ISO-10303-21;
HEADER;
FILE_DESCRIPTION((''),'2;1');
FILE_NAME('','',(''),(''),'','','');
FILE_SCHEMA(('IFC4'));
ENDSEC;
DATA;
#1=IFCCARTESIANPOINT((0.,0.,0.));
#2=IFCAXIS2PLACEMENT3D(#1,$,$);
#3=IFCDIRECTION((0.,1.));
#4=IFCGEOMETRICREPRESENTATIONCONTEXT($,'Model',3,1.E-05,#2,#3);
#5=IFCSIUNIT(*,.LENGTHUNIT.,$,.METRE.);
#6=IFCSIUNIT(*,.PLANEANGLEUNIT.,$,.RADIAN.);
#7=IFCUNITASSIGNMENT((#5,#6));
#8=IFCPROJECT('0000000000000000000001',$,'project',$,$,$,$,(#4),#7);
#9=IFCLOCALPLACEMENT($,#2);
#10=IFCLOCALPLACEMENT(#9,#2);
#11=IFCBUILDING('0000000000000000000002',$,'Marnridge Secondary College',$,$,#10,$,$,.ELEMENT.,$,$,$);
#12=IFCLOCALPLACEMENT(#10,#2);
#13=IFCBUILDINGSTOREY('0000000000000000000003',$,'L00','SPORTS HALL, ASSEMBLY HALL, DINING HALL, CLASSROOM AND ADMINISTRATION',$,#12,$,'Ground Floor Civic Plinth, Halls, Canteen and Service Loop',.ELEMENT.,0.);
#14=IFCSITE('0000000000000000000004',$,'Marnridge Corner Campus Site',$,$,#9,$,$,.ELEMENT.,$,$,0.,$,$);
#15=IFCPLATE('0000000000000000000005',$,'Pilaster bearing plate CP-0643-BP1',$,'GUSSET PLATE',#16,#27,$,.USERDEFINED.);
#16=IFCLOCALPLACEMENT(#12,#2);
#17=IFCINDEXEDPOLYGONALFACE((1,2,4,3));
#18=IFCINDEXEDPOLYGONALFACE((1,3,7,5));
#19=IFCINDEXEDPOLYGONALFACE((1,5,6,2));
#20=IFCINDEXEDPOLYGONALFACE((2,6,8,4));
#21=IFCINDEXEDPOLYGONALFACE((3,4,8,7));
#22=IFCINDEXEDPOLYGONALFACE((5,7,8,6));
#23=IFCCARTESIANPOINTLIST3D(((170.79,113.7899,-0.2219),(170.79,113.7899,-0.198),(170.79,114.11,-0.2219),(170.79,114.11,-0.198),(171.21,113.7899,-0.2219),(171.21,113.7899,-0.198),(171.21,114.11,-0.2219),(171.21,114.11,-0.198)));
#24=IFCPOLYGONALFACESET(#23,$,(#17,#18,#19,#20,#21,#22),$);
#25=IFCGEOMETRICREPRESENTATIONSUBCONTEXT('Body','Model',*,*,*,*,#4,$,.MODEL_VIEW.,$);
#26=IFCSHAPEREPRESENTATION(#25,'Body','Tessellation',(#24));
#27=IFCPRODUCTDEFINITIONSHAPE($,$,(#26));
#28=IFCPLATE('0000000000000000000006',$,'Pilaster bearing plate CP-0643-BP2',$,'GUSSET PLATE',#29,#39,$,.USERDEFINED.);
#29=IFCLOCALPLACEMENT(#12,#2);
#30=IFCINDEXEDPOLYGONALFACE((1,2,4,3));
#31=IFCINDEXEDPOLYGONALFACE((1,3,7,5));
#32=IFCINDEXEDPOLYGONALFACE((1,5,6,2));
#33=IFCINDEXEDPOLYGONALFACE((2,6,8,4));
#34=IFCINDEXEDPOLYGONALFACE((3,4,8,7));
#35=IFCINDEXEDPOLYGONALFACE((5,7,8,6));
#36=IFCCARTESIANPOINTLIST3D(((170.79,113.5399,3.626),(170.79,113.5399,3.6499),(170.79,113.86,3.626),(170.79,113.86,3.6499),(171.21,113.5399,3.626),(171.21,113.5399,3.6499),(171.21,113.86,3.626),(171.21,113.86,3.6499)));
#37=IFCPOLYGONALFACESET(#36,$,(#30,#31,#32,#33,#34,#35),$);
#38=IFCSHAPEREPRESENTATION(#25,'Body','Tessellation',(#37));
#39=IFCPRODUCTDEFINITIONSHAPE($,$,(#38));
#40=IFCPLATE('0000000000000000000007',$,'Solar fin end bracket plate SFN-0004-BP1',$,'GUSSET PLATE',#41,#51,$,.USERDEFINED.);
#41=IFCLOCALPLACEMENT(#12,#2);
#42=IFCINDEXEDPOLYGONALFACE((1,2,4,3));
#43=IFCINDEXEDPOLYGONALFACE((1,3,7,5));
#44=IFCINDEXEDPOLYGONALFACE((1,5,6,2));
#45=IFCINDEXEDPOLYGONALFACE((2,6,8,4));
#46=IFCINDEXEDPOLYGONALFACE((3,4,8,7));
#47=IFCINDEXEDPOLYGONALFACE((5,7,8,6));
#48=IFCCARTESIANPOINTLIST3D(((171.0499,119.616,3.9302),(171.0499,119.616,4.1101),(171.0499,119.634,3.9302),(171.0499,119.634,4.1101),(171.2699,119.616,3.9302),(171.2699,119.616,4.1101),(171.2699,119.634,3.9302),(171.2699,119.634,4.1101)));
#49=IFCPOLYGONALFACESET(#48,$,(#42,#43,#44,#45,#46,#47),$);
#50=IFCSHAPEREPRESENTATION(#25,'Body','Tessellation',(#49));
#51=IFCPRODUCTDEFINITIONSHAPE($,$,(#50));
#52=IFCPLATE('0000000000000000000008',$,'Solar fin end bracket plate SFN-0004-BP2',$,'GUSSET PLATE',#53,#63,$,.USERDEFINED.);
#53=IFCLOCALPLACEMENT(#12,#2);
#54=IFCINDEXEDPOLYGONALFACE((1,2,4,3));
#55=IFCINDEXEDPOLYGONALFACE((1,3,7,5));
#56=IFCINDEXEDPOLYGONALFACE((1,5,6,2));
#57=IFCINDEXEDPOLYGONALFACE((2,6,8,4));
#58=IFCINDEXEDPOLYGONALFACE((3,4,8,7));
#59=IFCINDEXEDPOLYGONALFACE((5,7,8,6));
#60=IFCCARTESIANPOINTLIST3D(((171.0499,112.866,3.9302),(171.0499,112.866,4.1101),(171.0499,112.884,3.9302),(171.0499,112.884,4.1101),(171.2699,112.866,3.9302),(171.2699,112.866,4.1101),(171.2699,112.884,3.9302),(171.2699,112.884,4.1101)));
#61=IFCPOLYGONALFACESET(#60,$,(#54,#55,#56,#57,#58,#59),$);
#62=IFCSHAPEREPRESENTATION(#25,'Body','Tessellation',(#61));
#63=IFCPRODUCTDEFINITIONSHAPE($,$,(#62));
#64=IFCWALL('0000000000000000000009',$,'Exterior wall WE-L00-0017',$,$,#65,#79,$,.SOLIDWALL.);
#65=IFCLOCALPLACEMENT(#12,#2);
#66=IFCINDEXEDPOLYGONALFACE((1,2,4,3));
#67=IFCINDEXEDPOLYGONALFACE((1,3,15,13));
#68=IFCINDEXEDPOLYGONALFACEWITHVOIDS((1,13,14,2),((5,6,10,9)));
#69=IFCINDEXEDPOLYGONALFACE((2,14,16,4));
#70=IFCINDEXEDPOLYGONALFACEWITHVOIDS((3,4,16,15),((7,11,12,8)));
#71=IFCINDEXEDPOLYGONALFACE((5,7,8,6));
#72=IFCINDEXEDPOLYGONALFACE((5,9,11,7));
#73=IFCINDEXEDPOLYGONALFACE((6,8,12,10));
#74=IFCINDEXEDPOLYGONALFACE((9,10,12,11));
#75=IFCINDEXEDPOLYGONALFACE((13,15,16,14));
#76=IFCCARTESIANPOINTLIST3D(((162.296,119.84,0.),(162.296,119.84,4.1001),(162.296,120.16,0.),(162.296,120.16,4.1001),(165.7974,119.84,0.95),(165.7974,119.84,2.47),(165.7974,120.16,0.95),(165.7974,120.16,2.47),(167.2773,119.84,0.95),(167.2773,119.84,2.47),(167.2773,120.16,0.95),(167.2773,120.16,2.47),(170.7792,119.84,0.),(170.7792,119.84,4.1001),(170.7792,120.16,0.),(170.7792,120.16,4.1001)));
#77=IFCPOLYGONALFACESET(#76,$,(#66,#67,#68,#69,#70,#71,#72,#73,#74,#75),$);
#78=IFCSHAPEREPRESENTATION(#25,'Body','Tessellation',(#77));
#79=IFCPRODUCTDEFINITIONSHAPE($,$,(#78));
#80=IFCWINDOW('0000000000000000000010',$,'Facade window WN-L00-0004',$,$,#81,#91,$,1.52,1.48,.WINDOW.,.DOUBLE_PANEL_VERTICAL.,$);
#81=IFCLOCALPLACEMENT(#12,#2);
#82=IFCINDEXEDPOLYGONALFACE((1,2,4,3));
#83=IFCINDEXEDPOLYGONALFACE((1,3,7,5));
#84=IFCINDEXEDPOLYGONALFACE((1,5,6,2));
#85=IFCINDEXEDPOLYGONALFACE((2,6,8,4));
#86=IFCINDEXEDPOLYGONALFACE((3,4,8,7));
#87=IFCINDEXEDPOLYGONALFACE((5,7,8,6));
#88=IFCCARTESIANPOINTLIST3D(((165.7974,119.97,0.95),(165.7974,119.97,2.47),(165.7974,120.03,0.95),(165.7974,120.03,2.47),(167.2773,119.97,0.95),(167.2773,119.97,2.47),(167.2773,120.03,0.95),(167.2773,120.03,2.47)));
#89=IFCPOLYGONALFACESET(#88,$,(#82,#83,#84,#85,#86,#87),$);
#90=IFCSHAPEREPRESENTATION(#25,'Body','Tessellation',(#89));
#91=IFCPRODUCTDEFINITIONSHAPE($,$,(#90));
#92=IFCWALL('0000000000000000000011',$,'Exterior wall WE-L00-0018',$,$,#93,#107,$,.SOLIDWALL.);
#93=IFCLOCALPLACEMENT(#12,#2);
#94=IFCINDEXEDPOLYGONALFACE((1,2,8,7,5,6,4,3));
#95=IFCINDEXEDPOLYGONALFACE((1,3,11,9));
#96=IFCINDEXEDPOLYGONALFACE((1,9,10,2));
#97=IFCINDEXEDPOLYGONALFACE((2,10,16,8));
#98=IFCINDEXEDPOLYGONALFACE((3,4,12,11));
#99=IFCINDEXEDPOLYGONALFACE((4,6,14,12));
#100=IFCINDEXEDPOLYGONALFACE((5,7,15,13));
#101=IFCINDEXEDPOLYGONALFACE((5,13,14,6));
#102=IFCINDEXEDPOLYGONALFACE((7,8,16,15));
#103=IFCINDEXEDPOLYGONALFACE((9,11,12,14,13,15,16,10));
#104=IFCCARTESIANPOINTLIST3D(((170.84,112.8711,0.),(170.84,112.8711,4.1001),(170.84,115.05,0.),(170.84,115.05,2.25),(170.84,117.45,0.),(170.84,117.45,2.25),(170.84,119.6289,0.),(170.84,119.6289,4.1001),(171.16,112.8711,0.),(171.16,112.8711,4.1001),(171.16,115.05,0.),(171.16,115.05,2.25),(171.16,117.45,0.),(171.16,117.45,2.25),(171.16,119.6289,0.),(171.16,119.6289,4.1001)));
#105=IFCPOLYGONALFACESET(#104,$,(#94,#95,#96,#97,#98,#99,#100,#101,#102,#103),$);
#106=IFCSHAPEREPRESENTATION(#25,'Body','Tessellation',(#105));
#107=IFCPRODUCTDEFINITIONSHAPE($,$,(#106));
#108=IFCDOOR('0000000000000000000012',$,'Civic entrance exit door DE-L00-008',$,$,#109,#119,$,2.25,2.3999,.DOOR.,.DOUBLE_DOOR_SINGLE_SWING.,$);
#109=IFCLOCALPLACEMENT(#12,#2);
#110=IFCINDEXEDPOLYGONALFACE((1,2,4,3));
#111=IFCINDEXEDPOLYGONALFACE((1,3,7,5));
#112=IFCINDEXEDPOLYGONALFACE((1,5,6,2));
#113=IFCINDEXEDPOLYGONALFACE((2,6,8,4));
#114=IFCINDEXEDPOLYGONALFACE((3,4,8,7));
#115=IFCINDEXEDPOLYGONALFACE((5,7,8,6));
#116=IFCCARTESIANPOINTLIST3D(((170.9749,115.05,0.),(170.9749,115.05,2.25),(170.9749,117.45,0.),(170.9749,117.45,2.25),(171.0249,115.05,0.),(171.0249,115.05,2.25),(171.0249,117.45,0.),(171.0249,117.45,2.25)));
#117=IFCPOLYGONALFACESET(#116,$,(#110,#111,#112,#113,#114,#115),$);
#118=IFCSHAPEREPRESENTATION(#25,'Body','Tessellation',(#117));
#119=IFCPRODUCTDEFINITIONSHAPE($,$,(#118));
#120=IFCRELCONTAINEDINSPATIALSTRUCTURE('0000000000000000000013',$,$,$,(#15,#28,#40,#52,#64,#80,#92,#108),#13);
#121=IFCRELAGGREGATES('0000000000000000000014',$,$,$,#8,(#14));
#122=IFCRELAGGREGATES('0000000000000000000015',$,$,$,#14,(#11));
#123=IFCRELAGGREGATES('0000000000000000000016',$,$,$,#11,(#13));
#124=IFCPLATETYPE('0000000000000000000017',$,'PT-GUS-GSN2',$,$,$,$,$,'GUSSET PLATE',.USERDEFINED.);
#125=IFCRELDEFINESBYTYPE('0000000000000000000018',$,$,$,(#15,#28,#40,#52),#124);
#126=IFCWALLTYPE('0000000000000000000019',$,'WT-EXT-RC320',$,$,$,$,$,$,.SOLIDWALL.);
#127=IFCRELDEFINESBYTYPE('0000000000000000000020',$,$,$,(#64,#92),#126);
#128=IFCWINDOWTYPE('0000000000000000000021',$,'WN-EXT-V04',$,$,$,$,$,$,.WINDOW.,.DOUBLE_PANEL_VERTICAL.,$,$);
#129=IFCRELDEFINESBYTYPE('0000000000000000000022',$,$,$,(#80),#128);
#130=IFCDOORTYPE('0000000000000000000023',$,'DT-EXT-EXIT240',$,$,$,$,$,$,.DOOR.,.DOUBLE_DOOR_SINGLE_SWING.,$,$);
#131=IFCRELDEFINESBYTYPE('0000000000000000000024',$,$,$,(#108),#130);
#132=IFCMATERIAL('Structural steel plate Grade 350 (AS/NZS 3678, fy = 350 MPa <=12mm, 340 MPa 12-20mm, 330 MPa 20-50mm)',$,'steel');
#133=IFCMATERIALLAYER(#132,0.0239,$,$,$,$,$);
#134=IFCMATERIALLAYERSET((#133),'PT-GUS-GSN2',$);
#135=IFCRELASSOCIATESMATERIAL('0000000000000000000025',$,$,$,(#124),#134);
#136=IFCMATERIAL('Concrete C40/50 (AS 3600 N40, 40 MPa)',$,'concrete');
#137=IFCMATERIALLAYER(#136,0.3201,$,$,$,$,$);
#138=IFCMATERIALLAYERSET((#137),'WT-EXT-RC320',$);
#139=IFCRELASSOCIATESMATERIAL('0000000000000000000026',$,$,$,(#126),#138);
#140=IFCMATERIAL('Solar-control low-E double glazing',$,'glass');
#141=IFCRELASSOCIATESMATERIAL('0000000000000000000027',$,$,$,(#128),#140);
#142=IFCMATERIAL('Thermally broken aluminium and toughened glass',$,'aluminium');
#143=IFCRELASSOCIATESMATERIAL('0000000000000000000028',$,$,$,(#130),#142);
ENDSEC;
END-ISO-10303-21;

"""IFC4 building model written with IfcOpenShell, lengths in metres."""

from ifc_helpers import new_model, si_unit, direction, frame, frame_2d, origin, origin_2d, place, context, subcontext, project, spatial, rectangle, extrude, material, layer, layer_set, type_object, element, fill, save


model = new_model("IFC4")

# Units and contexts
model_context = context("Model", 3, precision=1e-05, world=origin(), true_north=direction((0.0, 1.0)))
body_context = subcontext(model_context, "Body", "Model", "MODEL_VIEW")
ifc_project = project(units=[si_unit("LENGTHUNIT", "METRE"), si_unit("PLANEANGLEUNIT", "RADIAN")], contexts=[model_context])

# Site, building, storey
site_placement = place(None, origin())
site = spatial("IfcSite", under=ifc_project, at=site_placement, Name="Marnridge Corner Campus Site", CompositionType="ELEMENT", RefElevation=0.0)
building_placement = place(site_placement, origin())
building = spatial("IfcBuilding", under=site, at=building_placement, Name="Marnridge Secondary College", CompositionType="ELEMENT")
storey_placement = place(building_placement, origin())
storey = spatial("IfcBuildingStorey", under=building, at=storey_placement, Name="L00", Description="SPORTS HALL, ASSEMBLY HALL, DINING HALL, CLASSROOM AND ADMINISTRATION", LongName="Ground Floor Civic Plinth, Halls, Canteen and Service Loop", CompositionType="ELEMENT", Elevation=0.0)

# Plates
ifc_material_1 = material(Name="Structural steel plate Grade 350 (AS/NZS 3678, fy = 350 MPa <=12mm, 340 MPa 12-20mm, 330 MPa 20-50mm)", Category="steel")
ifc_layer_1 = layer(ifc_material_1, 0.0239)
ifc_layer_set_1 = layer_set([ifc_layer_1], Name="PT-GUS-GSN2")
plate_type = type_object("IfcPlateType", Name="PT-GUS-GSN2", ElementType="GUSSET PLATE", PredefinedType="USERDEFINED", material=ifc_layer_set_1)
for number, where, z_axis, x_axis, name in (
    (1, (171.0, 113.95, -0.2219), (0.0, 0.0, 1.0), (1.0, 0.0, 0.0), "Pilaster bearing plate CP-0643-BP1"),
    (2, (171.0, 113.7, 3.626), (0.0, 0.0, 1.0), (1.0, 0.0, 0.0), "Pilaster bearing plate CP-0643-BP2"),
):
    element("IfcPlate", number, at=place(storey_placement, frame(where, z_axis=z_axis, x_axis=x_axis)), inside=storey, type_object=plate_type, Name=name, ObjectType="GUSSET PLATE", PredefinedType="USERDEFINED", context=body_context, shape_type="SweptSolid", body=[
        extrude(rectangle(XDim=0.4199, YDim=0.3201, at=origin_2d()), origin(), (0.0, 0.0, 1.0), 0.0239),
    ])
for number, where, z_axis, x_axis, name in (
    (3, (171.1599, 119.625, 3.9302), (0.0, 0.0, 1.0), (1.0, 0.0, 0.0), "Solar fin end bracket plate SFN-0004-BP1"),
    (4, (171.1599, 112.875, 3.9302), (0.0, 0.0, 1.0), (1.0, 0.0, 0.0), "Solar fin end bracket plate SFN-0004-BP2"),
):
    element("IfcPlate", number, at=place(storey_placement, frame(where, z_axis=z_axis, x_axis=x_axis)), inside=storey, type_object=plate_type, Name=name, ObjectType="GUSSET PLATE", PredefinedType="USERDEFINED", context=body_context, shape_type="SweptSolid", body=[
        extrude(rectangle(XDim=0.22, YDim=0.0181, at=origin_2d()), origin(), (0.0, 0.0, 1.0), 0.1799),
    ])

# Wall, opening, window
ifc_material_2 = material(Name="Concrete C40/50 (AS 3600 N40, 40 MPa)", Category="concrete")
ifc_layer_2 = layer(ifc_material_2, 0.3201)
ifc_layer_set_2 = layer_set([ifc_layer_2], Name="WT-EXT-RC320")
wall_type = type_object("IfcWallType", Name="WT-EXT-RC320", PredefinedType="SOLIDWALL", material=ifc_layer_set_2)
wall_1_placement = place(storey_placement, frame((162.2959, 120.0, 0.0), z_axis=(0.0, 0.0, 1.0), x_axis=(1.0, 0.0, 0.0)))
wall_1 = element("IfcWall", 5, at=wall_1_placement, inside=storey, type_object=wall_type, Name="Exterior wall WE-L00-0017", PredefinedType="SOLIDWALL", context=body_context, shape_type="SweptSolid", body=[
    extrude(rectangle(XDim=8.4832, YDim=0.3201, at=frame_2d((4.2417, 0.0))), origin(), (0.0, 0.0, 1.0), 4.1001),
])
opening_1_placement = place(wall_1_placement, frame((3.5015, 0.0, 0.95)))
opening_1 = element("IfcOpeningElement", 6, at=opening_1_placement, cuts=wall_1, PredefinedType="OPENING", context=body_context, shape_type="SweptSolid", body=[
    extrude(rectangle(XDim=1.48, YDim=1.52, at=frame_2d((0.74, 0.76))), frame((0.0, 0.1699, 0.0), z_axis=(0.0, -1.0, 0.0), x_axis=(1.0, 0.0, 0.0)), (0.0, 0.0, 1.0), 0.3401),
])
ifc_material_3 = material(Name="Solar-control low-E double glazing", Category="glass")
window_type = type_object("IfcWindowType", Name="WN-EXT-V04", PartitioningType="DOUBLE_PANEL_VERTICAL", PredefinedType="WINDOW", material=ifc_material_3)
window_placement = place(opening_1_placement, origin())
window = element("IfcWindow", 7, at=window_placement, inside=storey, type_object=window_type, Name="Facade window WN-L00-0004", OverallHeight=1.52, OverallWidth=1.48, PartitioningType="DOUBLE_PANEL_VERTICAL", PredefinedType="WINDOW", context=body_context, shape_type="SweptSolid", body=[
    extrude(rectangle(XDim=1.48, YDim=1.52, at=frame_2d((0.74, 0.76))), frame((0.0, 0.03, 0.0), z_axis=(0.0, -1.0, 0.0), x_axis=(1.0, 0.0, 0.0)), (0.0, 0.0, 1.0), 0.0601),
])
fill(opening_1, window)

# Wall, opening, door
wall_2_placement = place(storey_placement, frame((171.0, 119.6289, 0.0), z_axis=(0.0, 0.0, 1.0), x_axis=(0.0, -1.0, 0.0)))
wall_2 = element("IfcWall", 8, at=wall_2_placement, inside=storey, type_object=wall_type, Name="Exterior wall WE-L00-0018", PredefinedType="SOLIDWALL", context=body_context, shape_type="SweptSolid", body=[
    extrude(rectangle(XDim=6.7578, YDim=0.3201, at=frame_2d((3.3789, 0.0))), origin(), (0.0, 0.0, 1.0), 4.1001),
])
opening_2_placement = place(wall_2_placement, frame((2.179, 0.0, 0.0)))
opening_2 = element("IfcOpeningElement", 9, at=opening_2_placement, cuts=wall_2, PredefinedType="OPENING", context=body_context, shape_type="SweptSolid", body=[
    extrude(rectangle(XDim=2.3999, YDim=2.25, at=frame_2d((1.2, 1.125))), frame((0.0, 0.1699, 0.0), z_axis=(0.0, -1.0, 0.0), x_axis=(1.0, 0.0, 0.0)), (0.0, 0.0, 1.0), 0.3401),
])
ifc_material_4 = material(Name="Thermally broken aluminium and toughened glass", Category="aluminium")
door_type = type_object("IfcDoorType", Name="DT-EXT-EXIT240", OperationType="DOUBLE_DOOR_SINGLE_SWING", PredefinedType="DOOR", material=ifc_material_4)
door_placement = place(opening_2_placement, origin())
door = element("IfcDoor", 10, at=door_placement, inside=storey, type_object=door_type, Name="Civic entrance exit door DE-L00-008", OperationType="DOUBLE_DOOR_SINGLE_SWING", OverallHeight=2.25, OverallWidth=2.3999, PredefinedType="DOOR", context=body_context, shape_type="SweptSolid", body=[
    extrude(rectangle(XDim=2.3999, YDim=2.25, at=frame_2d((1.2, 1.125))), frame((0.0, 0.0249, 0.0), z_axis=(0.0, -1.0, 0.0), x_axis=(1.0, 0.0, 0.0)), (0.0, 0.0, 1.0), 0.05),
])
fill(opening_2, door)

save(model, "model.ifc")
